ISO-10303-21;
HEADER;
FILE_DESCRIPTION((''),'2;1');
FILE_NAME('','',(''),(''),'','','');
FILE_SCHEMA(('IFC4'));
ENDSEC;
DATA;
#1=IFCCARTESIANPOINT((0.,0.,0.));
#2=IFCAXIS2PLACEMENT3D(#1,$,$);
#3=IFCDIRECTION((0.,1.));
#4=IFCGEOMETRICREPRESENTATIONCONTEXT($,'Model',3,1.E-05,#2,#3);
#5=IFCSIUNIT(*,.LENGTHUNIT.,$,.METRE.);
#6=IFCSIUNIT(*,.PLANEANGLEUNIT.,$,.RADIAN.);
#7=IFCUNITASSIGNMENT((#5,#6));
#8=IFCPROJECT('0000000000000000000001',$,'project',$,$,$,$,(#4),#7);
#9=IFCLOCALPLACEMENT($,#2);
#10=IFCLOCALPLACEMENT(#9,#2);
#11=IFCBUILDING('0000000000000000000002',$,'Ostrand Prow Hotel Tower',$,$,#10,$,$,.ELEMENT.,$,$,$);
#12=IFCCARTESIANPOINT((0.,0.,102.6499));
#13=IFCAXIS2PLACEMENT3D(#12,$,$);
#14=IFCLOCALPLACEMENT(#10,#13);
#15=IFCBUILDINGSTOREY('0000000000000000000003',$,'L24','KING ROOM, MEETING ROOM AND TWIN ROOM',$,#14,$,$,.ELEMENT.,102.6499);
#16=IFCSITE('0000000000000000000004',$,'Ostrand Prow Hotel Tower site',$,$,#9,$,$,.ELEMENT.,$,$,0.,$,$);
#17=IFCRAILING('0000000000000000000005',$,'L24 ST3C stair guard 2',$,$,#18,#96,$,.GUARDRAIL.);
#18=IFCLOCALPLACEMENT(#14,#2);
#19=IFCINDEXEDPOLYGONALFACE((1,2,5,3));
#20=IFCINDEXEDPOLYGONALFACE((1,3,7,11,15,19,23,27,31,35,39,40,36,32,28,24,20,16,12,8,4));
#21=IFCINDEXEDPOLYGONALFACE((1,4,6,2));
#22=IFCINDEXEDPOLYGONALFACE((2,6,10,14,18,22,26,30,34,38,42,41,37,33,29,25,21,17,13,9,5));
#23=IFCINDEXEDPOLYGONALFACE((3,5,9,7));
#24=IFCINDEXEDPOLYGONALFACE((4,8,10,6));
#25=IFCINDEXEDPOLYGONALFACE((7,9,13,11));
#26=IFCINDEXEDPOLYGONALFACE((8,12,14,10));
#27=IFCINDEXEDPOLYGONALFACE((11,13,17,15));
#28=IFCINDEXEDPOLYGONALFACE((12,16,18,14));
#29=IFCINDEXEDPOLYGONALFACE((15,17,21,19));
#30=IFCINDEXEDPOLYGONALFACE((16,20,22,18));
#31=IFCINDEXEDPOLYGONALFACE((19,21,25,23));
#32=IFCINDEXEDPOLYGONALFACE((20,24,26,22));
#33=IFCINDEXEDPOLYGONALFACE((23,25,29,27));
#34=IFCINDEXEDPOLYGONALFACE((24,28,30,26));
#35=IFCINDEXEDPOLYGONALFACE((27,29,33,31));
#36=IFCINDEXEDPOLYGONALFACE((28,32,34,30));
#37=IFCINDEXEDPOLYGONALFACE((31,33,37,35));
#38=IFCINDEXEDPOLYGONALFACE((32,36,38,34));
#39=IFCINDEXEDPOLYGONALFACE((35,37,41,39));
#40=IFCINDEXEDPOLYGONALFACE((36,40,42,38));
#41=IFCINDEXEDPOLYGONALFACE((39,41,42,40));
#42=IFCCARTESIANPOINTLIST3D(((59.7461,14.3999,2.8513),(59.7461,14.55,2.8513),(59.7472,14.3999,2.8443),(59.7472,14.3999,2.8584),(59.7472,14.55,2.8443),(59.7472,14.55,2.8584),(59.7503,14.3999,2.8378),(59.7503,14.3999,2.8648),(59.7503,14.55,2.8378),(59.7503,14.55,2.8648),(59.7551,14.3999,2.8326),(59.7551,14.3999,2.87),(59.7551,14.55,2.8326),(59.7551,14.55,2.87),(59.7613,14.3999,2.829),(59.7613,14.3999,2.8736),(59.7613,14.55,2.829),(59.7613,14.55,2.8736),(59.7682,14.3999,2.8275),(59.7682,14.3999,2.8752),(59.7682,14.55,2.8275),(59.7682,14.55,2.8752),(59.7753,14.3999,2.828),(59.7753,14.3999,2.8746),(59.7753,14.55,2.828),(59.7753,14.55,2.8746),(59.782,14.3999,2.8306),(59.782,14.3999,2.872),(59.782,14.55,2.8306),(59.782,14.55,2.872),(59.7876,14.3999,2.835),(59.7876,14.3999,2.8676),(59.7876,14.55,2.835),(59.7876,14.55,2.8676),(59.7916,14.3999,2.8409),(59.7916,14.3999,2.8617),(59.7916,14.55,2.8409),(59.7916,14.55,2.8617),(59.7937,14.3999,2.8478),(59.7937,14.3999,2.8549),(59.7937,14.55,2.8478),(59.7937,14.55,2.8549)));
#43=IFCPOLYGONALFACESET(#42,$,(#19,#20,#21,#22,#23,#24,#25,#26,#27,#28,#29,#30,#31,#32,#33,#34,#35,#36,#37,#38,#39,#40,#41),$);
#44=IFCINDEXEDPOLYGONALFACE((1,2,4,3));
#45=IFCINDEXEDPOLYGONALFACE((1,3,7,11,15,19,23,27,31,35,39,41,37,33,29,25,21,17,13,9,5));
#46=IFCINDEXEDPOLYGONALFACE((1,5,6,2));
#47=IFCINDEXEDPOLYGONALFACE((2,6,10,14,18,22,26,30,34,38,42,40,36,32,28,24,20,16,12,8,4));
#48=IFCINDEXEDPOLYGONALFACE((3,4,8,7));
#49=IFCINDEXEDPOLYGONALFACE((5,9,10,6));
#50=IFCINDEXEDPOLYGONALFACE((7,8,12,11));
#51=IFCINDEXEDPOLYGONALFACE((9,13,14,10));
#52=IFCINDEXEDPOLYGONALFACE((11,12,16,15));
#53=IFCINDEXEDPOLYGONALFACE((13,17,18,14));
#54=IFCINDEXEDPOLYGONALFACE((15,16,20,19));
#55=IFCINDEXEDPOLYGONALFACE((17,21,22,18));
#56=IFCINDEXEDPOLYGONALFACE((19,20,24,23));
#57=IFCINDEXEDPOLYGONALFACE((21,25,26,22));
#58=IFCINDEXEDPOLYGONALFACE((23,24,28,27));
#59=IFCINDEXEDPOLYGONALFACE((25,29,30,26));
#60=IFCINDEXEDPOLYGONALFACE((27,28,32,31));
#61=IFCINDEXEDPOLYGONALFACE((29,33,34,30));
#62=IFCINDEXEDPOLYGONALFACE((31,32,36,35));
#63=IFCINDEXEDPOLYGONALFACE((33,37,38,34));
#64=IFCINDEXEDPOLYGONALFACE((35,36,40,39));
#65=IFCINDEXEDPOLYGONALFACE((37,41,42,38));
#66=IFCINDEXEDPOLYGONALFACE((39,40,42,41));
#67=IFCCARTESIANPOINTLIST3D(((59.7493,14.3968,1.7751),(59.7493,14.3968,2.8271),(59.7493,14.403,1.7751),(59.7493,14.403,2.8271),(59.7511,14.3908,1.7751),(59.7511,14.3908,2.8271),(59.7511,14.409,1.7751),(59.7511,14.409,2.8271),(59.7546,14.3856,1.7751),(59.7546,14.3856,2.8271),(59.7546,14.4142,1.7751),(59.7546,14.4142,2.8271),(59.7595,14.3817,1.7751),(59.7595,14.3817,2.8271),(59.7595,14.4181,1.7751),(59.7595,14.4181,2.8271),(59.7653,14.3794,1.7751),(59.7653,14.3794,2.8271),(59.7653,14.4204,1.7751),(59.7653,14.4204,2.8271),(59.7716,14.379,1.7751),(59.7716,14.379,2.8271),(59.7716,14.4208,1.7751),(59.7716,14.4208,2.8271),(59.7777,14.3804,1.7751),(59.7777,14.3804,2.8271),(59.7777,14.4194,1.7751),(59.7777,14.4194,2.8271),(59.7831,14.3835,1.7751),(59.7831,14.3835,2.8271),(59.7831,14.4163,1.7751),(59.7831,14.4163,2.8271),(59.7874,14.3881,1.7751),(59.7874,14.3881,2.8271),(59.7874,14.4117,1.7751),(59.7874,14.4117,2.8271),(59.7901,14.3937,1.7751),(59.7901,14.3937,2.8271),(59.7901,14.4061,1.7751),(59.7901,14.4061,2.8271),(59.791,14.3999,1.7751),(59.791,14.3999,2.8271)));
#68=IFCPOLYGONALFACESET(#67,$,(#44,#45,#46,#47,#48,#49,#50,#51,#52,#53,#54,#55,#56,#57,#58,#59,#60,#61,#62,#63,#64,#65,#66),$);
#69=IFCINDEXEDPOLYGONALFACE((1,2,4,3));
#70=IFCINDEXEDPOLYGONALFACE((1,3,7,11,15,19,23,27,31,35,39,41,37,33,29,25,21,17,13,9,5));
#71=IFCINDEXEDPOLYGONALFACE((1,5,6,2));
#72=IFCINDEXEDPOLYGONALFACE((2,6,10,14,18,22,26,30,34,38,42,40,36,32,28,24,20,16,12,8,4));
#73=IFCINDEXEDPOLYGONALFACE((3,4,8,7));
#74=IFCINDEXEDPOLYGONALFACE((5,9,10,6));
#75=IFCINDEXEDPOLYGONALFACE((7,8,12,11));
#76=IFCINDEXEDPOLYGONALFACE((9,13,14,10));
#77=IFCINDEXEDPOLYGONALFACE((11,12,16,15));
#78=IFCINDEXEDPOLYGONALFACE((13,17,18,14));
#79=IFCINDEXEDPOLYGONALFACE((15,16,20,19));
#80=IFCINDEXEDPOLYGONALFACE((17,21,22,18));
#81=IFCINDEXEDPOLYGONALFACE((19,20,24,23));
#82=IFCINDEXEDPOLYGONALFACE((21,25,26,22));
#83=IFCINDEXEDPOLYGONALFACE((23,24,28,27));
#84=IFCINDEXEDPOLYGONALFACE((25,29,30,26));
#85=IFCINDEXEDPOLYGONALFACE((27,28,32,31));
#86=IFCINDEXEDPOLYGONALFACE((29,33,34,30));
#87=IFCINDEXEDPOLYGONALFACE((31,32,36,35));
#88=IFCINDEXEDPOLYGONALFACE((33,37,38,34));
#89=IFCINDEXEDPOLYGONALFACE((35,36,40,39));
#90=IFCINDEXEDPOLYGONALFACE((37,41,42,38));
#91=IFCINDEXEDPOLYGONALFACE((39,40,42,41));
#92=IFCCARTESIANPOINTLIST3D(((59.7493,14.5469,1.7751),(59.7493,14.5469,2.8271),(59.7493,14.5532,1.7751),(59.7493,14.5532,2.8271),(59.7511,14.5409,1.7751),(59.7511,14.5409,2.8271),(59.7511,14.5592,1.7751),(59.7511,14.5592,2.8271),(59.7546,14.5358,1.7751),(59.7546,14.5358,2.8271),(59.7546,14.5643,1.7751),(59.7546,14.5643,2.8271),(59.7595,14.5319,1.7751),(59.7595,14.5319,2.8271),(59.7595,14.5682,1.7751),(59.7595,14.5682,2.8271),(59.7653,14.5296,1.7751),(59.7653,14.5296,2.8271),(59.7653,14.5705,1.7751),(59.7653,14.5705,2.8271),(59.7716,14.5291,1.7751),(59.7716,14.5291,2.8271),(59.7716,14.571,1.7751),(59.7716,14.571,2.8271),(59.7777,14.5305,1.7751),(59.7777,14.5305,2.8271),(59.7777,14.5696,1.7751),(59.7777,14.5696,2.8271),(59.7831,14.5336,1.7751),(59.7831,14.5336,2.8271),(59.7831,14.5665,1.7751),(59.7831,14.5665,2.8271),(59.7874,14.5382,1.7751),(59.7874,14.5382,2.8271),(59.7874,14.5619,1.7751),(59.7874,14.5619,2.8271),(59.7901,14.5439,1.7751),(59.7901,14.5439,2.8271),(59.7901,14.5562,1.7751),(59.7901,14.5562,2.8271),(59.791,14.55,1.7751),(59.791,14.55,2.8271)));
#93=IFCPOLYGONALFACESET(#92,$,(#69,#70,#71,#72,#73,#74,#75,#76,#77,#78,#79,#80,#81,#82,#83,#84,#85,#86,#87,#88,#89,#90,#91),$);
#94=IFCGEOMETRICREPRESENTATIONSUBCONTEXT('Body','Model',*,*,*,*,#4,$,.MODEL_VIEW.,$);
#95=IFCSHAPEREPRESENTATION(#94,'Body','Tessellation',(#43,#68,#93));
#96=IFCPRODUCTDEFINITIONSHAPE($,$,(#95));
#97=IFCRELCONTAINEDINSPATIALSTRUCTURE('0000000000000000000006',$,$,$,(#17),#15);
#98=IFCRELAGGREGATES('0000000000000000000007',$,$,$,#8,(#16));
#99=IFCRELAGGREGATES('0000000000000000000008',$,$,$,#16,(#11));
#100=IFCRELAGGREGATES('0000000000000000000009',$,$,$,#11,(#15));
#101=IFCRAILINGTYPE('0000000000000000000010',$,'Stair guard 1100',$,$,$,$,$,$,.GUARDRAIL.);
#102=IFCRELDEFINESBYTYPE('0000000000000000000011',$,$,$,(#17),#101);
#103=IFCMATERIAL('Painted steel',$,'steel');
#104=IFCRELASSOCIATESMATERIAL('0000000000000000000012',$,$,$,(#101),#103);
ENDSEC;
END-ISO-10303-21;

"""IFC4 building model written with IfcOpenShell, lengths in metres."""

from ifc_helpers import new_model, si_unit, direction, frame, origin, origin_2d, place, context, subcontext, project, spatial, circle, extrude, material, type_object, element, save


model = new_model("IFC4")

# Units and contexts
model_context = context("Model", 3, precision=1e-05, world=origin(), true_north=direction((0.0, 1.0)))
body_context = subcontext(model_context, "Body", "Model", "MODEL_VIEW")
ifc_project = project(units=[si_unit("LENGTHUNIT", "METRE"), si_unit("PLANEANGLEUNIT", "RADIAN")], contexts=[model_context])

# Site, building, storey
site_placement = place(None, origin())
site = spatial("IfcSite", under=ifc_project, at=site_placement, Name="Ostrand Prow Hotel Tower site", CompositionType="ELEMENT", RefElevation=0.0)
building_placement = place(site_placement, origin())
building = spatial("IfcBuilding", under=site, at=building_placement, Name="Ostrand Prow Hotel Tower", CompositionType="ELEMENT")
storey_placement = place(building_placement, frame((0.0, 0.0, 102.6499)))
storey = spatial("IfcBuildingStorey", under=building, at=storey_placement, Name="L24", Description="KING ROOM, MEETING ROOM AND TWIN ROOM", CompositionType="ELEMENT", Elevation=102.6499)

# Railing
ifc_material_1 = material(Name="Painted steel", Category="steel")
railing_type_1 = type_object("IfcRailingType", Name="Stair guard 1100", PredefinedType="GUARDRAIL", material=ifc_material_1)
railing_1_placement = place(storey_placement, frame((59.77, 14.3999, 1.7751)))
element("IfcRailing", 1, at=railing_1_placement, inside=storey, type_object=railing_type_1, Name="L24 ST3C stair guard 2", PredefinedType="GUARDRAIL", context=body_context, shape_type="SweptSolid", body=[
    extrude(circle(Radius=0.0239, at=origin_2d()), frame((0.0, 0.0, 1.0762), z_axis=(0.0, 1.0, 0.0), x_axis=(-1.0, 0.0, 0.0)), (0.0, 0.0, 1.0), 0.1501),
    extrude(circle(Radius=0.021, at=origin_2d()), origin(), (0.0, 0.0, 1.0), 1.052),
    extrude(circle(Radius=0.021, at=origin_2d()), frame((0.0, 0.1501, 0.0)), (0.0, 0.0, 1.0), 1.052),
])

save(model, "model.ifc")
